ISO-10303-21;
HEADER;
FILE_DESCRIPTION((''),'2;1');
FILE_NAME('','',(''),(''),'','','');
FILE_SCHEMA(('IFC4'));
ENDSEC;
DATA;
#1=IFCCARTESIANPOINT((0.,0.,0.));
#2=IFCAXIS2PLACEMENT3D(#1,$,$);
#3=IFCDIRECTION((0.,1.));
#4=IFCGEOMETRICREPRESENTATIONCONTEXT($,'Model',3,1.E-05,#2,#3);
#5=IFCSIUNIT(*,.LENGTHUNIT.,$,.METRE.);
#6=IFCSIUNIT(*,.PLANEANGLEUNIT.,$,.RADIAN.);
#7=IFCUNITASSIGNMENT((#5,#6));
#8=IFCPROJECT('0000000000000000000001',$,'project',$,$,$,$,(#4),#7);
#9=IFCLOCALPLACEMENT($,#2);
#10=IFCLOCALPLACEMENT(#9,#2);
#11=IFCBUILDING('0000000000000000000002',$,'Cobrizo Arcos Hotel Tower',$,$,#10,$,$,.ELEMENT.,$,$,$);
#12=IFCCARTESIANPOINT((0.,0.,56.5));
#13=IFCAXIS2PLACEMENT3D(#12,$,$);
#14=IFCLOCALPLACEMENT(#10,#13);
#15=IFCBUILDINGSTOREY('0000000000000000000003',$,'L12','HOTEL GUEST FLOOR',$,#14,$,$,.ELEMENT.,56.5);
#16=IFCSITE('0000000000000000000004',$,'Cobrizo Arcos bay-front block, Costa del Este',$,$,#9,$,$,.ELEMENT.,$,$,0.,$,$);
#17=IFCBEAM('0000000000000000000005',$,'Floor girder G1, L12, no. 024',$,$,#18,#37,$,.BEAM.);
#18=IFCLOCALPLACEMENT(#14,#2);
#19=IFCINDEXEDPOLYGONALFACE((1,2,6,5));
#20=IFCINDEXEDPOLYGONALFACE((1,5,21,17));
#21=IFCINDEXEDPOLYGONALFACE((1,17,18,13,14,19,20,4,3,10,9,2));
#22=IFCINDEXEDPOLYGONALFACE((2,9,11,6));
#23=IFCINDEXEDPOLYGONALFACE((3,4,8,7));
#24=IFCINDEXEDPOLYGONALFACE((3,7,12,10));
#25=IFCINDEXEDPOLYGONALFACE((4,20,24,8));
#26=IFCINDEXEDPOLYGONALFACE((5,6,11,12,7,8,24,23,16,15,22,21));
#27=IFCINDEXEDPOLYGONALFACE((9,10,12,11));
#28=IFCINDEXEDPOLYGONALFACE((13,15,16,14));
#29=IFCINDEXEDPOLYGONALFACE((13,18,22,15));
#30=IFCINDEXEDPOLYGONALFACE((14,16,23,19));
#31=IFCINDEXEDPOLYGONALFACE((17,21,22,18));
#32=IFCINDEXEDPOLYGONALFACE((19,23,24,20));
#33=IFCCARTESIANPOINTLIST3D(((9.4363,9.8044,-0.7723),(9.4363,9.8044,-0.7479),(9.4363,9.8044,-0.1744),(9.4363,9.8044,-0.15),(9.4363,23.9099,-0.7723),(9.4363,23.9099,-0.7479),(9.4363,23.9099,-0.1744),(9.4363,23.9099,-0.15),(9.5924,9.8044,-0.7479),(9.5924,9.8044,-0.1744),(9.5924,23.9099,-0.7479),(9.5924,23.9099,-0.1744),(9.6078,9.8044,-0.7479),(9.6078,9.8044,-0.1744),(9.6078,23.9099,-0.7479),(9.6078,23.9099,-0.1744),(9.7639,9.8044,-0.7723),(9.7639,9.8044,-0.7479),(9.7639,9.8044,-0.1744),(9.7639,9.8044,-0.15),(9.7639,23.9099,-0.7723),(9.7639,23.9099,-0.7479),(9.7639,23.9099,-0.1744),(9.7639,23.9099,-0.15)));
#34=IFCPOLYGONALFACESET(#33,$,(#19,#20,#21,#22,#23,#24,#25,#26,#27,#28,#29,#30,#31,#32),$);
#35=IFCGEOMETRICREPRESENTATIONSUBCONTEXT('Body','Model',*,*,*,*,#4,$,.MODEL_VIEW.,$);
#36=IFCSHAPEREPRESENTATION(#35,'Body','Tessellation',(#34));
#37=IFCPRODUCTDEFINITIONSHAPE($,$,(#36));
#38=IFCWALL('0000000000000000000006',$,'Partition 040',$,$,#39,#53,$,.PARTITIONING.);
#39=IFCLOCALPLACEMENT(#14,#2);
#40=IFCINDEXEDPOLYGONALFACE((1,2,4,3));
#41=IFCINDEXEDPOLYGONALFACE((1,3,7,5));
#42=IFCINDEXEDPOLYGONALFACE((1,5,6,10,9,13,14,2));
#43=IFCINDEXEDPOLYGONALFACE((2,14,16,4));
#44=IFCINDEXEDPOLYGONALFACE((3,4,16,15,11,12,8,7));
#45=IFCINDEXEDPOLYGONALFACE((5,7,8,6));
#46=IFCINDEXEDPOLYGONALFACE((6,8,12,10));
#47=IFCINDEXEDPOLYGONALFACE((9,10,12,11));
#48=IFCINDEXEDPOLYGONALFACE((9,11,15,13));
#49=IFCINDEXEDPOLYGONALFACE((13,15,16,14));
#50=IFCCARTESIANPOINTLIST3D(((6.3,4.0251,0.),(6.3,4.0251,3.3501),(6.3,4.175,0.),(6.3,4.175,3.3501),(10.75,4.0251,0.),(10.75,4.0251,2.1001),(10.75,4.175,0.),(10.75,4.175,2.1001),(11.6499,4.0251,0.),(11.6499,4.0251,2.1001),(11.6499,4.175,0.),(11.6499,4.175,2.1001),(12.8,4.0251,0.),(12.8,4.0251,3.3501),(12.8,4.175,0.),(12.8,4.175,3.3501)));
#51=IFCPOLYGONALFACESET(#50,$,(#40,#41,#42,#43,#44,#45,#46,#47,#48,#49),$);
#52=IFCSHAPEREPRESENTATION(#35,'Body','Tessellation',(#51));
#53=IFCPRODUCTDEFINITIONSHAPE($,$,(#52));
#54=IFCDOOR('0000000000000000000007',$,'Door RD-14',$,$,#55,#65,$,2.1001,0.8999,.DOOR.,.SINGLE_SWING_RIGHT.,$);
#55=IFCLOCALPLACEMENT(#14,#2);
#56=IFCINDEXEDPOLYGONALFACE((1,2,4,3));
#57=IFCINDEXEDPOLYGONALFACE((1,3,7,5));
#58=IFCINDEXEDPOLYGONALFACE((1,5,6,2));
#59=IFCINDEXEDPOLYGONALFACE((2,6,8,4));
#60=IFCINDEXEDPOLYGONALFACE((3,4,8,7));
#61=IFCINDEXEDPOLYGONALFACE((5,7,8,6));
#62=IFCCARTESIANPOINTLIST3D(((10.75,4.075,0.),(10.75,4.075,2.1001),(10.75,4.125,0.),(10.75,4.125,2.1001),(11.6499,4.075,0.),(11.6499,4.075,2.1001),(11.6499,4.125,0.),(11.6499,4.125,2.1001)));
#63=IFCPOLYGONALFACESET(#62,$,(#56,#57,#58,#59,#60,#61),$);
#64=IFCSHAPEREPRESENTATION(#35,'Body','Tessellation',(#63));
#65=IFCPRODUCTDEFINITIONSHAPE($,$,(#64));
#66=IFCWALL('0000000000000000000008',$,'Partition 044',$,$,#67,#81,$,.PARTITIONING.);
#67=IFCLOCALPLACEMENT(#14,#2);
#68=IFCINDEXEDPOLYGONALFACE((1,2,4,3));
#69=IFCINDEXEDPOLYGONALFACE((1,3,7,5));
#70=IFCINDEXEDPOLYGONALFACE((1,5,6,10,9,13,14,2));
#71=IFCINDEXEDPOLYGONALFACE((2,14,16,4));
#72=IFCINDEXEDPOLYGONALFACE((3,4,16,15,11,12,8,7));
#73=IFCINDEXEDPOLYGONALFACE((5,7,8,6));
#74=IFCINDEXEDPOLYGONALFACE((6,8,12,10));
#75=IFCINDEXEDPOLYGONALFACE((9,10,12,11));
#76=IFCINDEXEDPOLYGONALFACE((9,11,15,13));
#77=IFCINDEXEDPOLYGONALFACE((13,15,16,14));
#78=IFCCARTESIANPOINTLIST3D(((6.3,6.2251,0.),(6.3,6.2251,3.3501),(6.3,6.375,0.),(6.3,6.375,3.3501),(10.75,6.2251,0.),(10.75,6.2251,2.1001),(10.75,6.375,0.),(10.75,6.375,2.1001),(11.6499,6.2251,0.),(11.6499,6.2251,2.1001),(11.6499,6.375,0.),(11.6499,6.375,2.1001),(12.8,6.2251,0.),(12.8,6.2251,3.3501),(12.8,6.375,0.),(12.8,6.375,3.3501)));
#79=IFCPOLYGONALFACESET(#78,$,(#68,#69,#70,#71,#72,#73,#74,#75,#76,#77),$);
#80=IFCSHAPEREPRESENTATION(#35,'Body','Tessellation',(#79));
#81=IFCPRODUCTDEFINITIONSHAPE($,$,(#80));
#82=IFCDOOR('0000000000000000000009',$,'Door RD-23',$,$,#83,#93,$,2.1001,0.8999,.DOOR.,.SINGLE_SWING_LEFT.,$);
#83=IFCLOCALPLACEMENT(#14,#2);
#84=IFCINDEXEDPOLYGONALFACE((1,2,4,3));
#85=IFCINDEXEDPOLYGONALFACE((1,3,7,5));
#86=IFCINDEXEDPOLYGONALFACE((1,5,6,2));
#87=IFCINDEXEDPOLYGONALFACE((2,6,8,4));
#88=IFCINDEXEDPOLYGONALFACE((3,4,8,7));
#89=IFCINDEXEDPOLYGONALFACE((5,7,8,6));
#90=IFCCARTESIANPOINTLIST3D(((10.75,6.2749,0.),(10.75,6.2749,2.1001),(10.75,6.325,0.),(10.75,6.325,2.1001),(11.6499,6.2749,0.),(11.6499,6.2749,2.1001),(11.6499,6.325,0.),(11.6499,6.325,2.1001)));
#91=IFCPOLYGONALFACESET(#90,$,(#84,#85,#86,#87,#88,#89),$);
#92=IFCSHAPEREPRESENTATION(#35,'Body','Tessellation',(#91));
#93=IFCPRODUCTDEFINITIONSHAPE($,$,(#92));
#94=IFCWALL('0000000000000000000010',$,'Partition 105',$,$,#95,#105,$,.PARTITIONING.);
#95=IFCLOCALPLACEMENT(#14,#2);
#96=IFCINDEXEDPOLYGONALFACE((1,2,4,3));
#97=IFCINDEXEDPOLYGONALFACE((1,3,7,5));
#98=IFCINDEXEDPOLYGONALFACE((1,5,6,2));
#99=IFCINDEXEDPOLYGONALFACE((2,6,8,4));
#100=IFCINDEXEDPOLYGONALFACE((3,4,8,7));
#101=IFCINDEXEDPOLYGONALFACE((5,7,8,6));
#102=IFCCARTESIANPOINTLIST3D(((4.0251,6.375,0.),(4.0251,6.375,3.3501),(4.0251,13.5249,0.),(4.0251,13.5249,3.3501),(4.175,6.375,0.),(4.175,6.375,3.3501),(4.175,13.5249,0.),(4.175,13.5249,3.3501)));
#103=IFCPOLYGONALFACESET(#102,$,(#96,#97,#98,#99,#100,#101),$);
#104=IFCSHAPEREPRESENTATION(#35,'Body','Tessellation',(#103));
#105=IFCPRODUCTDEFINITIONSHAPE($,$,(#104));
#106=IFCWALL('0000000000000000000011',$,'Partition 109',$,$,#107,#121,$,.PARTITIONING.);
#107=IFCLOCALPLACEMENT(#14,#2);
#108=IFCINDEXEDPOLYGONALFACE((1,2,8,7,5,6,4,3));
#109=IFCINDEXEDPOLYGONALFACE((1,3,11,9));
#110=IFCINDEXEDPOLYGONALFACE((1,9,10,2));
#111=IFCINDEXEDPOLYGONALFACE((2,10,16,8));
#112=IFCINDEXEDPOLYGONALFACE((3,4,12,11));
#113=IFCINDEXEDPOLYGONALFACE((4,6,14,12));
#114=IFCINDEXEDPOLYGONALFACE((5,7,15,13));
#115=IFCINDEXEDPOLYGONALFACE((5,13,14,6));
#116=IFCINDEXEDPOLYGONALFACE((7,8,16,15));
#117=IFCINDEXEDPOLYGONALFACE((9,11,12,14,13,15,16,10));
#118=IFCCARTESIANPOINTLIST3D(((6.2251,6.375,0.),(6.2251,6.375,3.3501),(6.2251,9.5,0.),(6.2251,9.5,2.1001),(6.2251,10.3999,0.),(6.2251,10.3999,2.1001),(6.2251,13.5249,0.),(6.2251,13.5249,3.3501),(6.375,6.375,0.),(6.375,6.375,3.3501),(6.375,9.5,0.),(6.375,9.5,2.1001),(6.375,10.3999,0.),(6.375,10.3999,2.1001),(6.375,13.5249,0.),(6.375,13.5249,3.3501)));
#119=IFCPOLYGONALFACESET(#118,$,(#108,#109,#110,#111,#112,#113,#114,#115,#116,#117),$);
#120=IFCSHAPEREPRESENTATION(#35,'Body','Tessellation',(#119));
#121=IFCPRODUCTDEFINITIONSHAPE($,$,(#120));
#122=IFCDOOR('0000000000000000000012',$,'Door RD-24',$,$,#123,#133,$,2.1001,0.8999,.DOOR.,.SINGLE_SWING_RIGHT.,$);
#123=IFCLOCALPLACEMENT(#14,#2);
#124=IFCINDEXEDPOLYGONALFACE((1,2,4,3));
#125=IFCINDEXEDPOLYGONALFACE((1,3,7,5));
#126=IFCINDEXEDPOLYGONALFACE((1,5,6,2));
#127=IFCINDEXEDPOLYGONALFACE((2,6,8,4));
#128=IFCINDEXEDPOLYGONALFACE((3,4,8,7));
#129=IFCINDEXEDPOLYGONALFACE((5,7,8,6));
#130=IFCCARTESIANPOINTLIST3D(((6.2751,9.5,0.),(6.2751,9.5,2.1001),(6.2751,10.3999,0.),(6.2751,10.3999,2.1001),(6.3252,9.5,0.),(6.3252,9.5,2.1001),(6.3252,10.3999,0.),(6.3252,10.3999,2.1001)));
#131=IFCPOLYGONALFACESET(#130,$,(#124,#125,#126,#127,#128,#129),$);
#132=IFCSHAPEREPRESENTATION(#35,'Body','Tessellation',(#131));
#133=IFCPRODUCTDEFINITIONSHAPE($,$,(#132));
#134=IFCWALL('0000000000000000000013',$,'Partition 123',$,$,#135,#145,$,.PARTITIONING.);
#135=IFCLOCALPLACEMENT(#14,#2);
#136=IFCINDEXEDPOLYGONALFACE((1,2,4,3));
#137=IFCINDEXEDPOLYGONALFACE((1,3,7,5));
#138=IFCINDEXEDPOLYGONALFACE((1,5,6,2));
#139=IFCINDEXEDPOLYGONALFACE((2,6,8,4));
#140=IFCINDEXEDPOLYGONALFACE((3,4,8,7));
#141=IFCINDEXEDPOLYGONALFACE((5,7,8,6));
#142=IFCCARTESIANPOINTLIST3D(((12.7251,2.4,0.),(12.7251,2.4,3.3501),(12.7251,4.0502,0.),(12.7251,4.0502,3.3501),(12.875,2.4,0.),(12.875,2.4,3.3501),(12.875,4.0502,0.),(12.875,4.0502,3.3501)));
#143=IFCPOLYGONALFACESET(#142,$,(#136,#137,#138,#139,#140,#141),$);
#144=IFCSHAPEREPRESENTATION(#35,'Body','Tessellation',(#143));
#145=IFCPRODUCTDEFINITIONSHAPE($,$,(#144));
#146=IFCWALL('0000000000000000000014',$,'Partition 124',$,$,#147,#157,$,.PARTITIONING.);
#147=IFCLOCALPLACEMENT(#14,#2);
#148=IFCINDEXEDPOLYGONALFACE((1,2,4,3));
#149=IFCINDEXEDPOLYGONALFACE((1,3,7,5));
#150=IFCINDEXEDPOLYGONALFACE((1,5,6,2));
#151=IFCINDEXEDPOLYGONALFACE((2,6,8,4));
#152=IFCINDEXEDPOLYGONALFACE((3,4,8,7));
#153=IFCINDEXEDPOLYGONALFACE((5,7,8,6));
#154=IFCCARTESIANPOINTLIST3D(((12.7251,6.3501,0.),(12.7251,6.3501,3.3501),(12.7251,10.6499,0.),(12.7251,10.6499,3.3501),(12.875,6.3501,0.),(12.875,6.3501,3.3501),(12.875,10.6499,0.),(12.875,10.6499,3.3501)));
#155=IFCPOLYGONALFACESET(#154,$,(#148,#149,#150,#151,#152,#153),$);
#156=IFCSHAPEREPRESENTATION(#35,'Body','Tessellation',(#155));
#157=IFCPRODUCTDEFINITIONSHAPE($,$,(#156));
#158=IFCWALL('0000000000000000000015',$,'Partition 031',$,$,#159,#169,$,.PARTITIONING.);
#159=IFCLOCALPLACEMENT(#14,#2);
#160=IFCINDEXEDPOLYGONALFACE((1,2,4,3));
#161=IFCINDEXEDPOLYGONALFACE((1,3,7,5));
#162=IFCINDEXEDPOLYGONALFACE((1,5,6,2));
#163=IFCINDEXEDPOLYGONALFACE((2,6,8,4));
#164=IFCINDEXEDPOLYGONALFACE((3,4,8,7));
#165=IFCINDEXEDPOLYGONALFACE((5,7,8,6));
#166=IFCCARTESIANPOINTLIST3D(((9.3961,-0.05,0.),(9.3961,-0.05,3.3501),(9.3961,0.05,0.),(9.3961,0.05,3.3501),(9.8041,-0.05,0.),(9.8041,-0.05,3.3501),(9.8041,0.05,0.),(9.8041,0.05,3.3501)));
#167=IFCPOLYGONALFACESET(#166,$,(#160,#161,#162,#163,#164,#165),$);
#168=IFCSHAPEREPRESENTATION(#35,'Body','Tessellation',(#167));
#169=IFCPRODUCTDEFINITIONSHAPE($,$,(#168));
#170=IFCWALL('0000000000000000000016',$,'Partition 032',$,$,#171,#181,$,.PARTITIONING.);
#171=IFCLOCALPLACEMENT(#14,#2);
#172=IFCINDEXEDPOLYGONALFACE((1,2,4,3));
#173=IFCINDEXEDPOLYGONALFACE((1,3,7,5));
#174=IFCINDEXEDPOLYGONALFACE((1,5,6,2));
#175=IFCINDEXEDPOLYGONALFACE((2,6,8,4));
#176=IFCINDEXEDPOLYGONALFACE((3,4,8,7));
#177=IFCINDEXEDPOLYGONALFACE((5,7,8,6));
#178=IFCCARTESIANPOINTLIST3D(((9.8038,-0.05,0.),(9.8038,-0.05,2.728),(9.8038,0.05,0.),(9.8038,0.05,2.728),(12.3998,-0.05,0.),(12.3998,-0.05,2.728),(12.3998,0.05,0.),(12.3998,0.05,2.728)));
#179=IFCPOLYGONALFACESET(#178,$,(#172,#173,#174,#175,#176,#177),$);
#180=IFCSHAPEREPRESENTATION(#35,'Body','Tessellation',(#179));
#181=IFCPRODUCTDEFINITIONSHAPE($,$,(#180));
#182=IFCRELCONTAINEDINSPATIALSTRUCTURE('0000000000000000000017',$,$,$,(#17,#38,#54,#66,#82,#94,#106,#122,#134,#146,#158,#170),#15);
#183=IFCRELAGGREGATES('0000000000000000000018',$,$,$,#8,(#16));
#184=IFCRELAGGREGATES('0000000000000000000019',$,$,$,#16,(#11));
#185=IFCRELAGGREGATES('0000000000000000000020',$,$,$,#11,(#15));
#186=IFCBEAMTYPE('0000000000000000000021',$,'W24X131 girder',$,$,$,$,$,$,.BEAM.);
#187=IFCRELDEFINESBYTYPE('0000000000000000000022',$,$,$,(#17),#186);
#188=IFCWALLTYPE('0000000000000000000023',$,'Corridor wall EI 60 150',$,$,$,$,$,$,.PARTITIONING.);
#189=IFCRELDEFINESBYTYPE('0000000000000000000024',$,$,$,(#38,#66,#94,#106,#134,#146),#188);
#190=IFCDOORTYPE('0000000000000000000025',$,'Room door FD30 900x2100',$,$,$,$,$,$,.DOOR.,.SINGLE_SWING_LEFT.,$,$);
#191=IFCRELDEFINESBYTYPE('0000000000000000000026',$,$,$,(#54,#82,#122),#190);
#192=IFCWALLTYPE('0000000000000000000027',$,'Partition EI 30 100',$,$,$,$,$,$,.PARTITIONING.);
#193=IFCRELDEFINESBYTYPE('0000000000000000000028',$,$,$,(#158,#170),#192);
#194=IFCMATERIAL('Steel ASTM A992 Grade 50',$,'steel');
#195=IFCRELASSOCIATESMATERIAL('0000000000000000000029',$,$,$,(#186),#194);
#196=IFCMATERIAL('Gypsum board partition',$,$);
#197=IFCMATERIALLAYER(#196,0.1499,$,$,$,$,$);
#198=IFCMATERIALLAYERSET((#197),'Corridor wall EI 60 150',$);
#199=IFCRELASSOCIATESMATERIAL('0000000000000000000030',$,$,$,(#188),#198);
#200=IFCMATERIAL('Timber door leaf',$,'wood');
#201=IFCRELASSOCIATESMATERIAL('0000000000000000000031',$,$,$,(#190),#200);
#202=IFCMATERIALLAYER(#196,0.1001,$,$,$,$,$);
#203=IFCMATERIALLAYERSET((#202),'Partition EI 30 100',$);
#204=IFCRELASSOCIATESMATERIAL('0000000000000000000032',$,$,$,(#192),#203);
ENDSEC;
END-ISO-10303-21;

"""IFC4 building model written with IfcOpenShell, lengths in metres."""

from ifc_helpers import new_model, si_unit, direction, frame, frame_2d, origin, origin_2d, place, context, subcontext, project, spatial, rectangle, i_section, extrude, material, layer, layer_set, material_profile, profile_set, type_object, element, fill, save


model = new_model("IFC4")

# Units and contexts
model_context = context("Model", 3, precision=1e-05, world=origin(), true_north=direction((0.0, 1.0)))
body_context = subcontext(model_context, "Body", "Model", "MODEL_VIEW")
ifc_project = project(units=[si_unit("LENGTHUNIT", "METRE"), si_unit("PLANEANGLEUNIT", "RADIAN")], contexts=[model_context])

# Site, building, storey
site_placement = place(None, origin())
site = spatial("IfcSite", under=ifc_project, at=site_placement, Name="Cobrizo Arcos bay-front block, Costa del Este", CompositionType="ELEMENT", RefElevation=0.0)
building_placement = place(site_placement, origin())
building = spatial("IfcBuilding", under=site, at=building_placement, Name="Cobrizo Arcos Hotel Tower", CompositionType="ELEMENT")
storey_placement = place(building_placement, frame((0.0, 0.0, 56.5)))
storey = spatial("IfcBuildingStorey", under=building, at=storey_placement, Name="L12", Description="HOTEL GUEST FLOOR", CompositionType="ELEMENT", Elevation=56.5)

# Shared definitions
ifc_material_1 = material(Name="Steel ASTM A992 Grade 50", Category="steel")

# Beam
ifc_material_profile_1 = material_profile(ifc_material_1, i_section(OverallWidth=0.3276, OverallDepth=0.6223, WebThickness=0.0154, FlangeThickness=0.0244, at=origin_2d()), Name="W24X131")
ifc_profile_set_1 = profile_set([ifc_material_profile_1], Name="Steel ASTM A992 Grade 50")
beam_type_1 = type_object("IfcBeamType", Name="W24X131 girder", PredefinedType="BEAM", material=ifc_profile_set_1)
beam_1_placement = place(storey_placement, frame((9.6001, 9.8044, -0.4612), z_axis=(0.0, 1.0, 0.0), x_axis=(-1.0, 0.0, 0.0)))
element("IfcBeam", 1, at=beam_1_placement, inside=storey, type_object=beam_type_1, Name="Floor girder G1, L12, no. 024", PredefinedType="BEAM", context=body_context, shape_type="SweptSolid", body=[
    extrude(i_section(OverallWidth=0.3276, OverallDepth=0.6223, WebThickness=0.0154, FlangeThickness=0.0244, at=origin_2d()), origin(), (0.0, 0.0, 1.0), 14.1055),
])

# Walls, openings, doors
ifc_material_2 = material(Name="Gypsum board partition")
ifc_layer_1 = layer(ifc_material_2, 0.1499)
ifc_layer_set_1 = layer_set([ifc_layer_1], Name="Corridor wall EI 60 150")
wall_type_1 = type_object("IfcWallType", Name="Corridor wall EI 60 150", PredefinedType="PARTITIONING", material=ifc_layer_set_1)
wall_1_placement = place(storey_placement, frame((6.3, 4.1001, 0.0), z_axis=(0.0, 0.0, 1.0), x_axis=(1.0, 0.0, 0.0)))
wall_1 = element("IfcWall", 2, at=wall_1_placement, inside=storey, type_object=wall_type_1, Name="Partition 040", PredefinedType="PARTITIONING", context=body_context, shape_type="SweptSolid", body=[
    extrude(rectangle(XDim=6.5, YDim=0.1499, at=frame_2d((3.25, 0.0))), origin(), (0.0, 0.0, 1.0), 3.3501),
])
opening_1_placement = place(wall_1_placement, frame((4.45, 0.0, 0.0)))
opening_1 = element("IfcOpeningElement", 3, at=opening_1_placement, cuts=wall_1, PredefinedType="OPENING", context=body_context, shape_type="SweptSolid", body=[
    extrude(rectangle(XDim=0.8999, YDim=2.1001, at=frame_2d((0.45, 1.05))), frame((0.0, 0.0869, 0.0), z_axis=(0.0, -1.0, 0.0), x_axis=(1.0, 0.0, 0.0)), (0.0, 0.0, 1.0), 0.1738),
])
ifc_material_3 = material(Name="Timber door leaf", Category="wood")
door_type_1 = type_object("IfcDoorType", Name="Room door FD30 900x2100", OperationType="SINGLE_SWING_LEFT", PredefinedType="DOOR", material=ifc_material_3)
door_1_placement = place(opening_1_placement, origin())
door_1 = element("IfcDoor", 4, at=door_1_placement, inside=storey, type_object=door_type_1, Name="Door RD-14", OperationType="SINGLE_SWING_RIGHT", OverallHeight=2.1001, OverallWidth=0.8999, PredefinedType="DOOR", context=body_context, shape_type="SweptSolid", body=[
    extrude(rectangle(XDim=0.8999, YDim=2.1001, at=frame_2d((0.45, 1.05))), frame((0.0, 0.0249, 0.0), z_axis=(0.0, -1.0, 0.0), x_axis=(1.0, 0.0, 0.0)), (0.0, 0.0, 1.0), 0.05),
])
fill(opening_1, door_1)
wall_2_placement = place(storey_placement, frame((6.3, 6.3, 0.0), z_axis=(0.0, 0.0, 1.0), x_axis=(1.0, 0.0, 0.0)))
wall_2 = element("IfcWall", 5, at=wall_2_placement, inside=storey, type_object=wall_type_1, Name="Partition 044", PredefinedType="PARTITIONING", context=body_context, shape_type="SweptSolid", body=[
    extrude(rectangle(XDim=6.5, YDim=0.1499, at=frame_2d((3.25, 0.0))), origin(), (0.0, 0.0, 1.0), 3.3501),
])
opening_2_placement = place(wall_2_placement, frame((4.45, 0.0, 0.0)))
opening_2 = element("IfcOpeningElement", 6, at=opening_2_placement, cuts=wall_2, PredefinedType="OPENING", context=body_context, shape_type="SweptSolid", body=[
    extrude(rectangle(XDim=0.8999, YDim=2.1001, at=frame_2d((0.45, 1.05))), frame((0.0, 0.0869, 0.0), z_axis=(0.0, -1.0, 0.0), x_axis=(1.0, 0.0, 0.0)), (0.0, 0.0, 1.0), 0.1738),
])
door_2_placement = place(opening_2_placement, origin())
door_2 = element("IfcDoor", 7, at=door_2_placement, inside=storey, type_object=door_type_1, Name="Door RD-23", OperationType="SINGLE_SWING_LEFT", OverallHeight=2.1001, OverallWidth=0.8999, PredefinedType="DOOR", context=body_context, shape_type="SweptSolid", body=[
    extrude(rectangle(XDim=0.8999, YDim=2.1001, at=frame_2d((0.45, 1.05))), frame((0.0, 0.0249, 0.0), z_axis=(0.0, -1.0, 0.0), x_axis=(1.0, 0.0, 0.0)), (0.0, 0.0, 1.0), 0.05),
])
fill(opening_2, door_2)

# Wall
wall_3_placement = place(storey_placement, frame((4.1001, 6.375, 0.0), z_axis=(0.0, 0.0, 1.0), x_axis=(0.0, 1.0, 0.0)))
element("IfcWall", 8, at=wall_3_placement, inside=storey, type_object=wall_type_1, Name="Partition 105", PredefinedType="PARTITIONING", context=body_context, shape_type="SweptSolid", body=[
    extrude(rectangle(XDim=7.1499, YDim=0.1499, at=frame_2d((3.575, 0.0))), origin(), (0.0, 0.0, 1.0), 3.3501),
])

# Wall, opening, door
wall_4_placement = place(storey_placement, frame((6.3, 6.375, 0.0), z_axis=(0.0, 0.0, 1.0), x_axis=(0.0, 1.0, 0.0)))
wall_4 = element("IfcWall", 9, at=wall_4_placement, inside=storey, type_object=wall_type_1, Name="Partition 109", PredefinedType="PARTITIONING", context=body_context, shape_type="SweptSolid", body=[
    extrude(rectangle(XDim=7.1499, YDim=0.1499, at=frame_2d((3.575, 0.0))), origin(), (0.0, 0.0, 1.0), 3.3501),
])
opening_3_placement = place(wall_4_placement, frame((3.125, 0.0, 0.0)))
opening_3 = element("IfcOpeningElement", 10, at=opening_3_placement, cuts=wall_4, PredefinedType="OPENING", context=body_context, shape_type="SweptSolid", body=[
    extrude(rectangle(XDim=0.8999, YDim=2.1001, at=frame_2d((0.45, 1.05))), frame((0.0, 0.0869, 0.0), z_axis=(0.0, -1.0, 0.0), x_axis=(1.0, 0.0, 0.0)), (0.0, 0.0, 1.0), 0.1738),
])
door_3_placement = place(opening_3_placement, origin())
door_3 = element("IfcDoor", 11, at=door_3_placement, inside=storey, type_object=door_type_1, Name="Door RD-24", OperationType="SINGLE_SWING_RIGHT", OverallHeight=2.1001, OverallWidth=0.8999, PredefinedType="DOOR", context=body_context, shape_type="SweptSolid", body=[
    extrude(rectangle(XDim=0.8999, YDim=2.1001, at=frame_2d((0.45, 1.05))), frame((0.0, 0.0249, 0.0), z_axis=(0.0, -1.0, 0.0), x_axis=(1.0, 0.0, 0.0)), (0.0, 0.0, 1.0), 0.05),
])
fill(opening_3, door_3)

# Walls
wall_5_placement = place(storey_placement, frame((12.8, 2.3999, 0.0), z_axis=(0.0, 0.0, 1.0), x_axis=(0.0, 1.0, 0.0)))
element("IfcWall", 12, at=wall_5_placement, inside=storey, type_object=wall_type_1, Name="Partition 123", PredefinedType="PARTITIONING", context=body_context, shape_type="SweptSolid", body=[
    extrude(rectangle(XDim=1.6501, YDim=0.1499, at=frame_2d((0.8252, 0.0))), origin(), (0.0, 0.0, 1.0), 3.3501),
])
wall_6_placement = place(storey_placement, frame((12.8, 6.3501, 0.0), z_axis=(0.0, 0.0, 1.0), x_axis=(0.0, 1.0, 0.0)))
element("IfcWall", 13, at=wall_6_placement, inside=storey, type_object=wall_type_1, Name="Partition 124", PredefinedType="PARTITIONING", context=body_context, shape_type="SweptSolid", body=[
    extrude(rectangle(XDim=4.2998, YDim=0.1499, at=frame_2d((2.1499, 0.0))), origin(), (0.0, 0.0, 1.0), 3.3501),
])
ifc_layer_2 = layer(ifc_material_2, 0.1001)
ifc_layer_set_2 = layer_set([ifc_layer_2], Name="Partition EI 30 100")
wall_type_2 = type_object("IfcWallType", Name="Partition EI 30 100", PredefinedType="PARTITIONING", material=ifc_layer_set_2)
wall_7_placement = place(storey_placement, frame((9.396, 0.0, 0.0), z_axis=(0.0, 0.0, 1.0), x_axis=(1.0, 0.0, 0.0)))
element("IfcWall", 14, at=wall_7_placement, inside=storey, type_object=wall_type_2, Name="Partition 031", PredefinedType="PARTITIONING", context=body_context, shape_type="SweptSolid", body=[
    extrude(rectangle(XDim=0.408, YDim=0.1001, at=frame_2d((0.2041, 0.0))), origin(), (0.0, 0.0, 1.0), 3.3501),
])
wall_8_placement = place(storey_placement, frame((9.804, 0.0, 0.0), z_axis=(0.0, 0.0, 1.0), x_axis=(1.0, 0.0, 0.0)))
element("IfcWall", 15, at=wall_8_placement, inside=storey, type_object=wall_type_2, Name="Partition 032", PredefinedType="PARTITIONING", context=body_context, shape_type="SweptSolid", body=[
    extrude(rectangle(XDim=2.5959, YDim=0.1001, at=frame_2d((1.2979, 0.0))), origin(), (0.0, 0.0, 1.0), 2.728),
])

save(model, "model.ifc")
